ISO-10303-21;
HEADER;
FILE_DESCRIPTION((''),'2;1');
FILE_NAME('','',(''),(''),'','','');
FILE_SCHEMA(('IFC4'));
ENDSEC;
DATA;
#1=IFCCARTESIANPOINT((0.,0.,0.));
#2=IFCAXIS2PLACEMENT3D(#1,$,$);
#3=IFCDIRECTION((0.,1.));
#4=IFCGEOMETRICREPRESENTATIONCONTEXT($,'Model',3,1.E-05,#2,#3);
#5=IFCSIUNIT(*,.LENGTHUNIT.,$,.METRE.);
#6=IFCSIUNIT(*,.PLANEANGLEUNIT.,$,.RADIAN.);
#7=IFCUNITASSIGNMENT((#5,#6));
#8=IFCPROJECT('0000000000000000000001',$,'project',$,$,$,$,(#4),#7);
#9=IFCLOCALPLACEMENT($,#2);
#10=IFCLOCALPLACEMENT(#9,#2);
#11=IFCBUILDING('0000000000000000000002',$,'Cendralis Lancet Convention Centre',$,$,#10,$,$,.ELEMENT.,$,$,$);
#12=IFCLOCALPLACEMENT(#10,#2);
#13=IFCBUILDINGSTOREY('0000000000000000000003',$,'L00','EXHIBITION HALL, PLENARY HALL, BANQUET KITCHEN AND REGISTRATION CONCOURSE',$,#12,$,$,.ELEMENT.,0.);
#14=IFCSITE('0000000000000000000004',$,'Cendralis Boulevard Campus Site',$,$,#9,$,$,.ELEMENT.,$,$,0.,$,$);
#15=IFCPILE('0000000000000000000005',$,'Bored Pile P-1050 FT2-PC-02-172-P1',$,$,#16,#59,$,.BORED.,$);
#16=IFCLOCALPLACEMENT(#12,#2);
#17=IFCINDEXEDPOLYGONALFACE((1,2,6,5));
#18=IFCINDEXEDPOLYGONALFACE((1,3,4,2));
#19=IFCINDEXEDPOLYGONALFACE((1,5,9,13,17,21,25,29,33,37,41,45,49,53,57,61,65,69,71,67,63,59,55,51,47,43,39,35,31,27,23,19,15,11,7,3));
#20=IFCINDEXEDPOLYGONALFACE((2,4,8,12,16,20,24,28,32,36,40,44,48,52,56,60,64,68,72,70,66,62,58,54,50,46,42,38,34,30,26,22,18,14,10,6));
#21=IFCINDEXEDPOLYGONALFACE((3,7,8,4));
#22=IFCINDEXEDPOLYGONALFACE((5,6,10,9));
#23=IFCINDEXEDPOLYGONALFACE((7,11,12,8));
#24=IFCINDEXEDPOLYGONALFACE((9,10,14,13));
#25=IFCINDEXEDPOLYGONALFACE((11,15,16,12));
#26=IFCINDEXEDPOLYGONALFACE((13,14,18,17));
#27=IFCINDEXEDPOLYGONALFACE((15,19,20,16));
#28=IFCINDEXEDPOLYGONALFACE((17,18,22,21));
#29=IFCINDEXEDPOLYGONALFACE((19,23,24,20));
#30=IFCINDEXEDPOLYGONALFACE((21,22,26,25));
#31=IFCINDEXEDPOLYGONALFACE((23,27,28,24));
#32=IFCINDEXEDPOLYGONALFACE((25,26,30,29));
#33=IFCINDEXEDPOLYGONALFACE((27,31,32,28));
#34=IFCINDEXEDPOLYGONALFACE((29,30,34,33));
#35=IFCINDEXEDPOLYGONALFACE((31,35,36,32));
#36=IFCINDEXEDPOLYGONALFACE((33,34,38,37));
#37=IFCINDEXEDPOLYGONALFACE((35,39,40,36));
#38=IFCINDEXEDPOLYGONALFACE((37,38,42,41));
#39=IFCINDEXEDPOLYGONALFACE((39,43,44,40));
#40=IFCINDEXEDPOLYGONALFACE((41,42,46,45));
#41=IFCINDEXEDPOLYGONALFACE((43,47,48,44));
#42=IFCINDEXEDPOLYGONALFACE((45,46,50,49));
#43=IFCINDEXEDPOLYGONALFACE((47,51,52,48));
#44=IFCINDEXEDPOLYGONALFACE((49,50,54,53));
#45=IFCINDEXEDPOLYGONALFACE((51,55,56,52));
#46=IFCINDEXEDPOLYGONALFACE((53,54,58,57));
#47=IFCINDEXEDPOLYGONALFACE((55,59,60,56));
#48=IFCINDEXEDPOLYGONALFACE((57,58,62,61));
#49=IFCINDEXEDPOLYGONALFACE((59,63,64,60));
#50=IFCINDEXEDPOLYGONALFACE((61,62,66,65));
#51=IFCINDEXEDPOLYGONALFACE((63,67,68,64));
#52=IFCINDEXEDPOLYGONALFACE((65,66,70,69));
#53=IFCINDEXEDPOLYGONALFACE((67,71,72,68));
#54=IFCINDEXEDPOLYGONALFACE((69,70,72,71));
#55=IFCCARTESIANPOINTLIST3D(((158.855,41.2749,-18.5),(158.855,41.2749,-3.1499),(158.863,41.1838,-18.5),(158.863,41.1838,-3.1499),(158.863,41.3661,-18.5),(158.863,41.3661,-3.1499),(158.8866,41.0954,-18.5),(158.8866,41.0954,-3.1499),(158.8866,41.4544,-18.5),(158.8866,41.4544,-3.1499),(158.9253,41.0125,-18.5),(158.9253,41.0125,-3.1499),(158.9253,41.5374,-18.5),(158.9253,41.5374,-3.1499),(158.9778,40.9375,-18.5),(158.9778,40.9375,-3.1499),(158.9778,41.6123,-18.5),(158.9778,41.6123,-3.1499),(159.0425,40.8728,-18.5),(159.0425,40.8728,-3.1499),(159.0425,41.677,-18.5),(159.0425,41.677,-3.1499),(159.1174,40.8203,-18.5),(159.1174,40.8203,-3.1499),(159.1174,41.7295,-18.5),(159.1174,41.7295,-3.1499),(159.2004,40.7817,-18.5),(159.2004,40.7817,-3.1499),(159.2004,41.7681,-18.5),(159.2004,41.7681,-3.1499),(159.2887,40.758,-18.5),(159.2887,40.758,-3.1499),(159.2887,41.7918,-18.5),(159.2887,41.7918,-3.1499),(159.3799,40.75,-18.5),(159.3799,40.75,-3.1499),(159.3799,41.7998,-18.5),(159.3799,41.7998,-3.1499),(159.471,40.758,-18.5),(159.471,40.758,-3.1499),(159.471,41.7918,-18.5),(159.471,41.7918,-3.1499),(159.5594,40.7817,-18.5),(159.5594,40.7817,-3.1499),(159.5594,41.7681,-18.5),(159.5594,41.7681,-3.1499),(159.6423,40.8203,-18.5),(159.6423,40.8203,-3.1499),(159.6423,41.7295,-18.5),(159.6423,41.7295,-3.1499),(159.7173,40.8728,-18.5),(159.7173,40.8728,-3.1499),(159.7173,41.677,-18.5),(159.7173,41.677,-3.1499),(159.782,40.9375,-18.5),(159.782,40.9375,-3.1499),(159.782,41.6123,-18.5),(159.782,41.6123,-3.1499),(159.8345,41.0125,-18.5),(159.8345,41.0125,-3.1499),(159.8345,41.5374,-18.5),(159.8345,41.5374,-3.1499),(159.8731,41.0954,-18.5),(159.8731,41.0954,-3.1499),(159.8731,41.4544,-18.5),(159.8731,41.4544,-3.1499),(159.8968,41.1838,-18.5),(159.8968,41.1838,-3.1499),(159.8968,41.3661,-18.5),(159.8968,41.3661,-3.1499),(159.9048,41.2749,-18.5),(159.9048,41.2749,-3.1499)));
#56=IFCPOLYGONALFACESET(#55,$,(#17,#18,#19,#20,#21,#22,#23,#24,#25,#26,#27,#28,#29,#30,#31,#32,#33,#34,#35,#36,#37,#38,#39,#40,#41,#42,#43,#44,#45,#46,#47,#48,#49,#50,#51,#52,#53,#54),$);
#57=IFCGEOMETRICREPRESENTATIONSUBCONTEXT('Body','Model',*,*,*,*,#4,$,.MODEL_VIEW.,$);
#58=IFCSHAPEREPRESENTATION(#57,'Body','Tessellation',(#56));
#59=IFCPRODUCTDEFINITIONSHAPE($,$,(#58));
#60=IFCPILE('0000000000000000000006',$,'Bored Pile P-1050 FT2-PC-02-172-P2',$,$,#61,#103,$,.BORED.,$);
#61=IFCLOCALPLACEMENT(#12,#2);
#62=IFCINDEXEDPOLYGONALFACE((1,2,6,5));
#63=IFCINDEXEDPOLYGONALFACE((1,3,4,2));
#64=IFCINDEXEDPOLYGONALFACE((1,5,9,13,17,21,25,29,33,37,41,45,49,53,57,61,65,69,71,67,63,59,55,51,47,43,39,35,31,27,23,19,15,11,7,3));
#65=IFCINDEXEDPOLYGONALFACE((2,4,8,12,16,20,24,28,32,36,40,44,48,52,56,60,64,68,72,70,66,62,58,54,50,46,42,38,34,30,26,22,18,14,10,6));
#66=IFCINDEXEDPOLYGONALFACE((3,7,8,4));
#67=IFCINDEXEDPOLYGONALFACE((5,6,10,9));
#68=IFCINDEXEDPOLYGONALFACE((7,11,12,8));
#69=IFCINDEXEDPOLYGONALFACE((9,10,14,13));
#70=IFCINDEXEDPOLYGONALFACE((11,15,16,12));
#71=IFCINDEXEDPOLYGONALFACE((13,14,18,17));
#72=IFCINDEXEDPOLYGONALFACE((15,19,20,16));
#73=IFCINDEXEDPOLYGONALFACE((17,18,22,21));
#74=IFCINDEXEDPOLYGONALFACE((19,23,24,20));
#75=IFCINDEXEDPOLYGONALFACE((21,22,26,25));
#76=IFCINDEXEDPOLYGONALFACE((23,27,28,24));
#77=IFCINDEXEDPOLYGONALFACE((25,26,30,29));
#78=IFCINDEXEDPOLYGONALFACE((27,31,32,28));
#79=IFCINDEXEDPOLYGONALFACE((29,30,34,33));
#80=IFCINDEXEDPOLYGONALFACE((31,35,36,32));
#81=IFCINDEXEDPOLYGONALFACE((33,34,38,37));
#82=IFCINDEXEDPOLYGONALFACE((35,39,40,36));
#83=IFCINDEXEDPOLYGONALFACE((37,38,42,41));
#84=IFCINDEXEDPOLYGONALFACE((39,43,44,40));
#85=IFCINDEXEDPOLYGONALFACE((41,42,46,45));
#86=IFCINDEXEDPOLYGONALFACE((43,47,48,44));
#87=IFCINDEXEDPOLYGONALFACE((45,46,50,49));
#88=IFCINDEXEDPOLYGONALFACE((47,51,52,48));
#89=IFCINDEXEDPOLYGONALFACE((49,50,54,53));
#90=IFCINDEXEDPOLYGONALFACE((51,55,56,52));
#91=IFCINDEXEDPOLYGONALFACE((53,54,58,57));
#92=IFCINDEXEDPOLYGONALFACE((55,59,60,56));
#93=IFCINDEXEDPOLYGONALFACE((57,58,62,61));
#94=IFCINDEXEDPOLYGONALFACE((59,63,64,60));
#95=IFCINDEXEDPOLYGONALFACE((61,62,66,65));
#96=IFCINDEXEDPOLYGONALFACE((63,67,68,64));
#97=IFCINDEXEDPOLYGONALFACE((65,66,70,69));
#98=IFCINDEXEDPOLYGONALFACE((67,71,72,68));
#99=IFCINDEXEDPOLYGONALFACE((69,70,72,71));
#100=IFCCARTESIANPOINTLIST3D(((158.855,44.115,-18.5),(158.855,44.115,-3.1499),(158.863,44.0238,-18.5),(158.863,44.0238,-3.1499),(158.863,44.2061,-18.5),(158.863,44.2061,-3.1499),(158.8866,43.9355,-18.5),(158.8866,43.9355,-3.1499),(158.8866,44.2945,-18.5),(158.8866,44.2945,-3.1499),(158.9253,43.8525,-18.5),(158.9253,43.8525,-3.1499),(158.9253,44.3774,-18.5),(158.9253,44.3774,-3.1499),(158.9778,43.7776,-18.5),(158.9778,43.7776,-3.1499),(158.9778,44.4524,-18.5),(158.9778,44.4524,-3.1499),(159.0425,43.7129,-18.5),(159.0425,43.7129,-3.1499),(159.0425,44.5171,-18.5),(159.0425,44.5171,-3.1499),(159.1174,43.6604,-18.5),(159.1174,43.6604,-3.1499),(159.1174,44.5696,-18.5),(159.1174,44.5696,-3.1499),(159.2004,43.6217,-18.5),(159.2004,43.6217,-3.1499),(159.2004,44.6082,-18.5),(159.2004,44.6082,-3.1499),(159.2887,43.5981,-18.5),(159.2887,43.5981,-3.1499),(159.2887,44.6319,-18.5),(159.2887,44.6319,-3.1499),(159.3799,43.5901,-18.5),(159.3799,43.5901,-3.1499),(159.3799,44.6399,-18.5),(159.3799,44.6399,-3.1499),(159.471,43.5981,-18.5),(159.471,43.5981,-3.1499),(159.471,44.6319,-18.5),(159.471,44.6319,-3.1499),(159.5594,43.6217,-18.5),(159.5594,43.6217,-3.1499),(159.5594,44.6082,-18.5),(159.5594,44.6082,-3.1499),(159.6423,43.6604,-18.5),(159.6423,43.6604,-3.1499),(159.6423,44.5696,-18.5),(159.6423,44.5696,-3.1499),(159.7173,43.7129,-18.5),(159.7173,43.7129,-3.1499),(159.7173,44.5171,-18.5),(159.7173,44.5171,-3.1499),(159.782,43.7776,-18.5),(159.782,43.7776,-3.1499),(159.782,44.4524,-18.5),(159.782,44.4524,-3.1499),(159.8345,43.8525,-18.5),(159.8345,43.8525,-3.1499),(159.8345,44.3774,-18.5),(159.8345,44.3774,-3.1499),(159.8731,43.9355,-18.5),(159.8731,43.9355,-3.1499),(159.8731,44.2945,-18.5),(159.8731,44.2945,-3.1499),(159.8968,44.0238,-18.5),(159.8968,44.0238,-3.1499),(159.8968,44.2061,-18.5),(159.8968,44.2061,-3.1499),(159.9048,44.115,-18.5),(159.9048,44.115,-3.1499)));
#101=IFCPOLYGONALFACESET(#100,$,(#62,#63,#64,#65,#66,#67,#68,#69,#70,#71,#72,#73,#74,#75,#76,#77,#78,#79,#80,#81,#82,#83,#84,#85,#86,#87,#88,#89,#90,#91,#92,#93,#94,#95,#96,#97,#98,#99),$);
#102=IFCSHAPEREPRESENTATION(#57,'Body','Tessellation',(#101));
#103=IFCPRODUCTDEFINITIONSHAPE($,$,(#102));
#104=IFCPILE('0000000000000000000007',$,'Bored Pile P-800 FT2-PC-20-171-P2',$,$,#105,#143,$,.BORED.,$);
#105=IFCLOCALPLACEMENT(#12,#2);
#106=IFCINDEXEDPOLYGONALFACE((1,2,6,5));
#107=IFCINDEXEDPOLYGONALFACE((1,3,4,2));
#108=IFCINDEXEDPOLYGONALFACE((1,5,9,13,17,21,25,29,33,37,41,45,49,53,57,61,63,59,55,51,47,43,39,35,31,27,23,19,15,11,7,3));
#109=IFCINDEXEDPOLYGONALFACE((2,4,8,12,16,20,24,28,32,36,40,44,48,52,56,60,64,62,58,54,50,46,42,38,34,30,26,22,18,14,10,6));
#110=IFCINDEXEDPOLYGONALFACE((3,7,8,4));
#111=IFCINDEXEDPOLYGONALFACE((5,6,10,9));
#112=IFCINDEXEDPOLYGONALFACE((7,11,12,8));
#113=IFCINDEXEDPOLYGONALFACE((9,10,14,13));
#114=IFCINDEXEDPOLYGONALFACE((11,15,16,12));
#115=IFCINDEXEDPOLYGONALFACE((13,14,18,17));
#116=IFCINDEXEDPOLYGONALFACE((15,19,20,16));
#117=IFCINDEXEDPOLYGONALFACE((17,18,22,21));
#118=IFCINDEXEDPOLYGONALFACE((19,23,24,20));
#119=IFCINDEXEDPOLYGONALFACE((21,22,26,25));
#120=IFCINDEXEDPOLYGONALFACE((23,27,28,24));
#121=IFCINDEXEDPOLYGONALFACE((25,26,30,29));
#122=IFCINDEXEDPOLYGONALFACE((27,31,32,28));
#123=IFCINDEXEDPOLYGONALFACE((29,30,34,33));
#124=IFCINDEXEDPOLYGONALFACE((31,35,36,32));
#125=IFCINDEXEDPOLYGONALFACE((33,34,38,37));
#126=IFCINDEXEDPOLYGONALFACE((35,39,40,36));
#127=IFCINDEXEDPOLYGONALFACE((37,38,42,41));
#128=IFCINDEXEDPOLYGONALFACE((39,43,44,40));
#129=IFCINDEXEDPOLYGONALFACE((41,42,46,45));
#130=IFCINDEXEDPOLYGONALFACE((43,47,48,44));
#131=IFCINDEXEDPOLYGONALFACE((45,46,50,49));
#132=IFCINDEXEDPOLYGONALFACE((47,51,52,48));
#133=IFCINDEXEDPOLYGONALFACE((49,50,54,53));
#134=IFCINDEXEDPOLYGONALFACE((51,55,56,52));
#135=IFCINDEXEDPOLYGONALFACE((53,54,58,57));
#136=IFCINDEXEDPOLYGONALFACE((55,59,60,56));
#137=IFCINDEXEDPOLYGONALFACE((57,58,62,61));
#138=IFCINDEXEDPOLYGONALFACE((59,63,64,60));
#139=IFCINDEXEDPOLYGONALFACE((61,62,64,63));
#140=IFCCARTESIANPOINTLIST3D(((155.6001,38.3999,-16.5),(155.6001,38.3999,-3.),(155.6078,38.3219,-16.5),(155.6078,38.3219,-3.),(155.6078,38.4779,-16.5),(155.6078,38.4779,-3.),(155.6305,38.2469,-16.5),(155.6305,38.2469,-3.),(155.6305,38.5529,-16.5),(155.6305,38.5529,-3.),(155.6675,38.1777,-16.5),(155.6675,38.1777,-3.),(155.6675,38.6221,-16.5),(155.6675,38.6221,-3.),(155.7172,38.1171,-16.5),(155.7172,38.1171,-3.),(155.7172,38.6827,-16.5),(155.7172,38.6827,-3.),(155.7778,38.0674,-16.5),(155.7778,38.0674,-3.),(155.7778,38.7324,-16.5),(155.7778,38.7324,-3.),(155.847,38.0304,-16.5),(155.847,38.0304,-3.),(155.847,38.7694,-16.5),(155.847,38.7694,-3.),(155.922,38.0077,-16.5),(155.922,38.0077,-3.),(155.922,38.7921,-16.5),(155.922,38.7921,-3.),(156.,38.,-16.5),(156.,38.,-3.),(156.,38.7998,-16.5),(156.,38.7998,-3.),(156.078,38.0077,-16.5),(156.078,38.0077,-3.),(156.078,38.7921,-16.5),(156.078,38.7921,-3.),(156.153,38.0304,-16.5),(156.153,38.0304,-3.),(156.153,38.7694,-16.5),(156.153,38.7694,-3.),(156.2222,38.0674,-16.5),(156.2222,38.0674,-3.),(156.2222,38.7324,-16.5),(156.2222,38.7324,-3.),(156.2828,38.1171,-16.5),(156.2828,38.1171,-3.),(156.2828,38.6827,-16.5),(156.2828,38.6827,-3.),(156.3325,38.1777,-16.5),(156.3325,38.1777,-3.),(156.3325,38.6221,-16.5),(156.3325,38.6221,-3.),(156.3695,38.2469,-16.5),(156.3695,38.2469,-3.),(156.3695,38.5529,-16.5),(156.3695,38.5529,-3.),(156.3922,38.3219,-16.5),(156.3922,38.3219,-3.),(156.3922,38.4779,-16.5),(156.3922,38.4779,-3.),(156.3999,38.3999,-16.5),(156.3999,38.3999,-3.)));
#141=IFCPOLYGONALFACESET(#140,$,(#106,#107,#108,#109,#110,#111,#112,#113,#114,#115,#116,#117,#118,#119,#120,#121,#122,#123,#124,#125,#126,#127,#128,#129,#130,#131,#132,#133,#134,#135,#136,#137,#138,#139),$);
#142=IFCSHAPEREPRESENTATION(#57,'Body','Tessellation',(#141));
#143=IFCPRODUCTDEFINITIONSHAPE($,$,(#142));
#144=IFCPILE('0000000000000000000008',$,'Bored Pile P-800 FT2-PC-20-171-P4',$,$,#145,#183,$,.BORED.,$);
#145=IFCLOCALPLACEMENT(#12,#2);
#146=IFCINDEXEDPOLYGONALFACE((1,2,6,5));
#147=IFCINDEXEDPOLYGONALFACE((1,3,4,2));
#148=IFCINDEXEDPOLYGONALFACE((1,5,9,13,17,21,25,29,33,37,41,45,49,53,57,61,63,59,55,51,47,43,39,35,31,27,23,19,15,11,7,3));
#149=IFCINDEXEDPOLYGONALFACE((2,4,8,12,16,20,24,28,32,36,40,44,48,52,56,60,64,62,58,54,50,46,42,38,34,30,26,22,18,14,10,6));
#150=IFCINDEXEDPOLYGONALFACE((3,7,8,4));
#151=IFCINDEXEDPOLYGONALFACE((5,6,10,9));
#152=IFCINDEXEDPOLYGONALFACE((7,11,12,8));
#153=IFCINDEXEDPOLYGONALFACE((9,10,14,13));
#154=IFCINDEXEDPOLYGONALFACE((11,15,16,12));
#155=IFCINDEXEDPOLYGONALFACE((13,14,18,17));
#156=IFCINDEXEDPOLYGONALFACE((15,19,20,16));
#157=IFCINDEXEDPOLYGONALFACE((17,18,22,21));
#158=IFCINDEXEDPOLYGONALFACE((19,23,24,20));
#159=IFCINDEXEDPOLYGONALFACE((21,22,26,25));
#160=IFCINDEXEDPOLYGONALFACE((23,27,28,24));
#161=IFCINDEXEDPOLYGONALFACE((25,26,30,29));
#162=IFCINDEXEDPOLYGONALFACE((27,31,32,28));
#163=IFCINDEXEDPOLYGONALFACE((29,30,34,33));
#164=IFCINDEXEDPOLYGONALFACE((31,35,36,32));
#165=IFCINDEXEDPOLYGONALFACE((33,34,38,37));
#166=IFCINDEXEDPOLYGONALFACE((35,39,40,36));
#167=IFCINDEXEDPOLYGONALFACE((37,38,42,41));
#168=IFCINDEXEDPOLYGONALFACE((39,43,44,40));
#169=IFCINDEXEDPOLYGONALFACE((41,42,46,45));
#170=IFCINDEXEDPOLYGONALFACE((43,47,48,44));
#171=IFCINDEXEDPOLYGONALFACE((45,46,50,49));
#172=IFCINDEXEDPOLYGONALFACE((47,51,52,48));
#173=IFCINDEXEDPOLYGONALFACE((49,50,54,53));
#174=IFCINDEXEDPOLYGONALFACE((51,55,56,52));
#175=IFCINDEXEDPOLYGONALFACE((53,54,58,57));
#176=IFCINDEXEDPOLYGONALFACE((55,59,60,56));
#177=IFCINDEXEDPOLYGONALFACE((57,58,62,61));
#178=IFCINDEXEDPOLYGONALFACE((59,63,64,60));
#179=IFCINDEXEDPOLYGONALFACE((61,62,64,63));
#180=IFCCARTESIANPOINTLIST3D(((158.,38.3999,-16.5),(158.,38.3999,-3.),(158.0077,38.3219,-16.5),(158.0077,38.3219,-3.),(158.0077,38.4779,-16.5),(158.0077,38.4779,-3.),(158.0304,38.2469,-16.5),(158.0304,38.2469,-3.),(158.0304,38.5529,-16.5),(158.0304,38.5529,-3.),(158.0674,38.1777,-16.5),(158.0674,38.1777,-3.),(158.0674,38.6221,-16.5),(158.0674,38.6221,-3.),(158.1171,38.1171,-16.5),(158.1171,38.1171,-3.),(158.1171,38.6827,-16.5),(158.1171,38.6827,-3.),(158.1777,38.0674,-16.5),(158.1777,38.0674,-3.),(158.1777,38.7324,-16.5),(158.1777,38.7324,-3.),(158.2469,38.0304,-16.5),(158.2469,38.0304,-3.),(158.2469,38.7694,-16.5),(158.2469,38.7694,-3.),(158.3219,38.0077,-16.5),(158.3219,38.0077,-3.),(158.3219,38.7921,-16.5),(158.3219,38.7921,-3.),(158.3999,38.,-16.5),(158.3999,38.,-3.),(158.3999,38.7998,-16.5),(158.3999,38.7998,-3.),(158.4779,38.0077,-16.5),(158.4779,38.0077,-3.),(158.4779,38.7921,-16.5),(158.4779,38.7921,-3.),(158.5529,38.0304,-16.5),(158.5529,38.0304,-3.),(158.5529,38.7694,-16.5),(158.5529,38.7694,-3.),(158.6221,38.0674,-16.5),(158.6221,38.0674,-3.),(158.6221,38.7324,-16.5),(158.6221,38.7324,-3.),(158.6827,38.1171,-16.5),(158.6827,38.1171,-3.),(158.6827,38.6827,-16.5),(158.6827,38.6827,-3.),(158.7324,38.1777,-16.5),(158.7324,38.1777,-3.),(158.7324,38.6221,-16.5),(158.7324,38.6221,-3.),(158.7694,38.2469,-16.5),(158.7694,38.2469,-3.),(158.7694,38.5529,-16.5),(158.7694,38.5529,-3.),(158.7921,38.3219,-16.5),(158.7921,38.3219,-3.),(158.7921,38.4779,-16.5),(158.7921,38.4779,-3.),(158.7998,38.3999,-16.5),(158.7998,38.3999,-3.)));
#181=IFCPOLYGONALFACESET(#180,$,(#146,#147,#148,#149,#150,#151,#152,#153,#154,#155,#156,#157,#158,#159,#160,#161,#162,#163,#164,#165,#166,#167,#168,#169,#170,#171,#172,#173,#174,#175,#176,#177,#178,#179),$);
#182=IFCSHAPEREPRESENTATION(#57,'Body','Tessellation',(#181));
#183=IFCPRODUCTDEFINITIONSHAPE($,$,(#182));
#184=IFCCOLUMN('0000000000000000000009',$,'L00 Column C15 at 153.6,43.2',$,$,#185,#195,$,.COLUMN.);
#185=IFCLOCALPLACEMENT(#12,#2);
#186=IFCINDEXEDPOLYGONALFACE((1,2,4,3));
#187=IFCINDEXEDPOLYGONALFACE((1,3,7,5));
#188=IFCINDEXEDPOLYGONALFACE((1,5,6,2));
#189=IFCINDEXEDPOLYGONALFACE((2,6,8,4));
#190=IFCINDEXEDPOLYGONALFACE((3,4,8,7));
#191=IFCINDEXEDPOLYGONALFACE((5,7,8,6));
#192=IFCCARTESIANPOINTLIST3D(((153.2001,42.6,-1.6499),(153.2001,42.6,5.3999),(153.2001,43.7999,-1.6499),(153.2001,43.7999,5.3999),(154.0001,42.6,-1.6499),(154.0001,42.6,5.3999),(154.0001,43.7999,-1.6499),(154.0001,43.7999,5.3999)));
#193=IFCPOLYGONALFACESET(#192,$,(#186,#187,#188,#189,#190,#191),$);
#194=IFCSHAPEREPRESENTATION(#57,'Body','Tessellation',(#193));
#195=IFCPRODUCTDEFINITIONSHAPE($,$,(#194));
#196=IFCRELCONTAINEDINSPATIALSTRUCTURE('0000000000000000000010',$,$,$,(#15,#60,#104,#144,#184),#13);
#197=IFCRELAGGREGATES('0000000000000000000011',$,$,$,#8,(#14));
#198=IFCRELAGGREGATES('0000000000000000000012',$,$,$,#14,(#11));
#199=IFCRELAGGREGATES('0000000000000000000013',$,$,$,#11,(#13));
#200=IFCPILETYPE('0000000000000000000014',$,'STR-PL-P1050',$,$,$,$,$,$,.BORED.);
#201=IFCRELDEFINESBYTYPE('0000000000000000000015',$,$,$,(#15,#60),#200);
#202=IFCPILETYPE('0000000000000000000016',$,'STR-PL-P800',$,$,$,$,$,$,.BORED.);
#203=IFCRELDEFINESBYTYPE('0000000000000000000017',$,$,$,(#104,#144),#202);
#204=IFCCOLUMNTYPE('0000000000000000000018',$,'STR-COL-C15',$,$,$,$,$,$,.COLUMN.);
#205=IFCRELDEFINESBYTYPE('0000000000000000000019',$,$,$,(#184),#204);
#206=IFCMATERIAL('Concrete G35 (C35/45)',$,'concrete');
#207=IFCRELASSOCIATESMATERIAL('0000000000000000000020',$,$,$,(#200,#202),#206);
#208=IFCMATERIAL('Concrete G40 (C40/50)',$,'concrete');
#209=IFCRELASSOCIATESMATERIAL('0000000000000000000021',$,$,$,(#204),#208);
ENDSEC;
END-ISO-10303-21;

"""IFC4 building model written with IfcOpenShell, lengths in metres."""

from ifc_helpers import new_model, si_unit, direction, frame, origin, origin_2d, place, context, subcontext, project, spatial, rectangle, circle, extrude, material, material_profile, profile_set, type_object, element, save


model = new_model("IFC4")

# Units and contexts
model_context = context("Model", 3, precision=1e-05, world=origin(), true_north=direction((0.0, 1.0)))
body_context = subcontext(model_context, "Body", "Model", "MODEL_VIEW")
ifc_project = project(units=[si_unit("LENGTHUNIT", "METRE"), si_unit("PLANEANGLEUNIT", "RADIAN")], contexts=[model_context])

# Site, building, storey
site_placement = place(None, origin())
site = spatial("IfcSite", under=ifc_project, at=site_placement, Name="Cendralis Boulevard Campus Site", CompositionType="ELEMENT", RefElevation=0.0)
building_placement = place(site_placement, origin())
building = spatial("IfcBuilding", under=site, at=building_placement, Name="Cendralis Lancet Convention Centre", CompositionType="ELEMENT")
storey_placement = place(building_placement, origin())
storey = spatial("IfcBuildingStorey", under=building, at=storey_placement, Name="L00", Description="EXHIBITION HALL, PLENARY HALL, BANQUET KITCHEN AND REGISTRATION CONCOURSE", CompositionType="ELEMENT", Elevation=0.0)

# Shared definitions
ifc_material_1 = material(Name="Concrete G35 (C35/45)", Category="concrete")

# Piles
ifc_material_profile_1 = material_profile(ifc_material_1, circle(Radius=0.5249, at=origin_2d()), Name="BORED PILE D1050")
ifc_profile_set_1 = profile_set([ifc_material_profile_1], Name="Concrete G35 (C35/45)")
pile_type_1 = type_object("IfcPileType", Name="STR-PL-P1050", PredefinedType="BORED", material=ifc_profile_set_1)
for number, where, z_axis, x_axis, name in (
    (1, (159.3799, 41.2749, -3.1499), (0.0, 0.0, -1.0), (1.0, 0.0, 0.0), "Bored Pile P-1050 FT2-PC-02-172-P1"),
    (2, (159.3799, 44.115, -3.1499), (0.0, 0.0, -1.0), (1.0, 0.0, 0.0), "Bored Pile P-1050 FT2-PC-02-172-P2"),
):
    element("IfcPile", number, at=place(storey_placement, frame(where, z_axis=z_axis, x_axis=x_axis)), inside=storey, type_object=pile_type_1, Name=name, PredefinedType="BORED", context=body_context, shape_type="SweptSolid", body=[
        extrude(circle(Radius=0.5249, at=origin_2d()), origin(), (0.0, 0.0, 1.0), 15.3501),
    ])
ifc_material_profile_2 = material_profile(ifc_material_1, circle(Radius=0.3999, at=origin_2d()), Name="BORED PILE D800")
ifc_profile_set_2 = profile_set([ifc_material_profile_2], Name="Concrete G35 (C35/45)")
pile_type_2 = type_object("IfcPileType", Name="STR-PL-P800", PredefinedType="BORED", material=ifc_profile_set_2)
for number, where, z_axis, x_axis, name in (
    (3, (156.0, 38.3999, -3.0), (0.0, 0.0, -1.0), (1.0, 0.0, 0.0), "Bored Pile P-800 FT2-PC-20-171-P2"),
    (4, (158.3999, 38.3999, -3.0), (0.0, 0.0, -1.0), (1.0, 0.0, 0.0), "Bored Pile P-800 FT2-PC-20-171-P4"),
):
    element("IfcPile", number, at=place(storey_placement, frame(where, z_axis=z_axis, x_axis=x_axis)), inside=storey, type_object=pile_type_2, Name=name, PredefinedType="BORED", context=body_context, shape_type="SweptSolid", body=[
        extrude(circle(Radius=0.3999, at=origin_2d()), origin(), (0.0, 0.0, 1.0), 13.5),
    ])

# Column
ifc_material_2 = material(Name="Concrete G40 (C40/50)", Category="concrete")
ifc_material_profile_3 = material_profile(ifc_material_2, rectangle(XDim=0.8, YDim=1.2, at=origin_2d()), Name="RC 800x1200")
ifc_profile_set_3 = profile_set([ifc_material_profile_3], Name="Concrete G40 (C40/50)")
column_type_1 = type_object("IfcColumnType", Name="STR-COL-C15", PredefinedType="COLUMN", material=ifc_profile_set_3)
for number, where, z_axis, x_axis, name in (
    (5, (153.6001, 43.2, -1.6499), (0.0, 0.0, 1.0), (1.0, 0.0, 0.0), "L00 Column C15 at 153.6,43.2"),
):
    element("IfcColumn", number, at=place(storey_placement, frame(where, z_axis=z_axis, x_axis=x_axis)), inside=storey, type_object=column_type_1, Name=name, PredefinedType="COLUMN", context=body_context, shape_type="SweptSolid", body=[
        extrude(rectangle(XDim=0.8, YDim=1.2, at=origin_2d()), origin(), (0.0, 0.0, 1.0), 7.0498),
    ])

save(model, "model.ifc")
